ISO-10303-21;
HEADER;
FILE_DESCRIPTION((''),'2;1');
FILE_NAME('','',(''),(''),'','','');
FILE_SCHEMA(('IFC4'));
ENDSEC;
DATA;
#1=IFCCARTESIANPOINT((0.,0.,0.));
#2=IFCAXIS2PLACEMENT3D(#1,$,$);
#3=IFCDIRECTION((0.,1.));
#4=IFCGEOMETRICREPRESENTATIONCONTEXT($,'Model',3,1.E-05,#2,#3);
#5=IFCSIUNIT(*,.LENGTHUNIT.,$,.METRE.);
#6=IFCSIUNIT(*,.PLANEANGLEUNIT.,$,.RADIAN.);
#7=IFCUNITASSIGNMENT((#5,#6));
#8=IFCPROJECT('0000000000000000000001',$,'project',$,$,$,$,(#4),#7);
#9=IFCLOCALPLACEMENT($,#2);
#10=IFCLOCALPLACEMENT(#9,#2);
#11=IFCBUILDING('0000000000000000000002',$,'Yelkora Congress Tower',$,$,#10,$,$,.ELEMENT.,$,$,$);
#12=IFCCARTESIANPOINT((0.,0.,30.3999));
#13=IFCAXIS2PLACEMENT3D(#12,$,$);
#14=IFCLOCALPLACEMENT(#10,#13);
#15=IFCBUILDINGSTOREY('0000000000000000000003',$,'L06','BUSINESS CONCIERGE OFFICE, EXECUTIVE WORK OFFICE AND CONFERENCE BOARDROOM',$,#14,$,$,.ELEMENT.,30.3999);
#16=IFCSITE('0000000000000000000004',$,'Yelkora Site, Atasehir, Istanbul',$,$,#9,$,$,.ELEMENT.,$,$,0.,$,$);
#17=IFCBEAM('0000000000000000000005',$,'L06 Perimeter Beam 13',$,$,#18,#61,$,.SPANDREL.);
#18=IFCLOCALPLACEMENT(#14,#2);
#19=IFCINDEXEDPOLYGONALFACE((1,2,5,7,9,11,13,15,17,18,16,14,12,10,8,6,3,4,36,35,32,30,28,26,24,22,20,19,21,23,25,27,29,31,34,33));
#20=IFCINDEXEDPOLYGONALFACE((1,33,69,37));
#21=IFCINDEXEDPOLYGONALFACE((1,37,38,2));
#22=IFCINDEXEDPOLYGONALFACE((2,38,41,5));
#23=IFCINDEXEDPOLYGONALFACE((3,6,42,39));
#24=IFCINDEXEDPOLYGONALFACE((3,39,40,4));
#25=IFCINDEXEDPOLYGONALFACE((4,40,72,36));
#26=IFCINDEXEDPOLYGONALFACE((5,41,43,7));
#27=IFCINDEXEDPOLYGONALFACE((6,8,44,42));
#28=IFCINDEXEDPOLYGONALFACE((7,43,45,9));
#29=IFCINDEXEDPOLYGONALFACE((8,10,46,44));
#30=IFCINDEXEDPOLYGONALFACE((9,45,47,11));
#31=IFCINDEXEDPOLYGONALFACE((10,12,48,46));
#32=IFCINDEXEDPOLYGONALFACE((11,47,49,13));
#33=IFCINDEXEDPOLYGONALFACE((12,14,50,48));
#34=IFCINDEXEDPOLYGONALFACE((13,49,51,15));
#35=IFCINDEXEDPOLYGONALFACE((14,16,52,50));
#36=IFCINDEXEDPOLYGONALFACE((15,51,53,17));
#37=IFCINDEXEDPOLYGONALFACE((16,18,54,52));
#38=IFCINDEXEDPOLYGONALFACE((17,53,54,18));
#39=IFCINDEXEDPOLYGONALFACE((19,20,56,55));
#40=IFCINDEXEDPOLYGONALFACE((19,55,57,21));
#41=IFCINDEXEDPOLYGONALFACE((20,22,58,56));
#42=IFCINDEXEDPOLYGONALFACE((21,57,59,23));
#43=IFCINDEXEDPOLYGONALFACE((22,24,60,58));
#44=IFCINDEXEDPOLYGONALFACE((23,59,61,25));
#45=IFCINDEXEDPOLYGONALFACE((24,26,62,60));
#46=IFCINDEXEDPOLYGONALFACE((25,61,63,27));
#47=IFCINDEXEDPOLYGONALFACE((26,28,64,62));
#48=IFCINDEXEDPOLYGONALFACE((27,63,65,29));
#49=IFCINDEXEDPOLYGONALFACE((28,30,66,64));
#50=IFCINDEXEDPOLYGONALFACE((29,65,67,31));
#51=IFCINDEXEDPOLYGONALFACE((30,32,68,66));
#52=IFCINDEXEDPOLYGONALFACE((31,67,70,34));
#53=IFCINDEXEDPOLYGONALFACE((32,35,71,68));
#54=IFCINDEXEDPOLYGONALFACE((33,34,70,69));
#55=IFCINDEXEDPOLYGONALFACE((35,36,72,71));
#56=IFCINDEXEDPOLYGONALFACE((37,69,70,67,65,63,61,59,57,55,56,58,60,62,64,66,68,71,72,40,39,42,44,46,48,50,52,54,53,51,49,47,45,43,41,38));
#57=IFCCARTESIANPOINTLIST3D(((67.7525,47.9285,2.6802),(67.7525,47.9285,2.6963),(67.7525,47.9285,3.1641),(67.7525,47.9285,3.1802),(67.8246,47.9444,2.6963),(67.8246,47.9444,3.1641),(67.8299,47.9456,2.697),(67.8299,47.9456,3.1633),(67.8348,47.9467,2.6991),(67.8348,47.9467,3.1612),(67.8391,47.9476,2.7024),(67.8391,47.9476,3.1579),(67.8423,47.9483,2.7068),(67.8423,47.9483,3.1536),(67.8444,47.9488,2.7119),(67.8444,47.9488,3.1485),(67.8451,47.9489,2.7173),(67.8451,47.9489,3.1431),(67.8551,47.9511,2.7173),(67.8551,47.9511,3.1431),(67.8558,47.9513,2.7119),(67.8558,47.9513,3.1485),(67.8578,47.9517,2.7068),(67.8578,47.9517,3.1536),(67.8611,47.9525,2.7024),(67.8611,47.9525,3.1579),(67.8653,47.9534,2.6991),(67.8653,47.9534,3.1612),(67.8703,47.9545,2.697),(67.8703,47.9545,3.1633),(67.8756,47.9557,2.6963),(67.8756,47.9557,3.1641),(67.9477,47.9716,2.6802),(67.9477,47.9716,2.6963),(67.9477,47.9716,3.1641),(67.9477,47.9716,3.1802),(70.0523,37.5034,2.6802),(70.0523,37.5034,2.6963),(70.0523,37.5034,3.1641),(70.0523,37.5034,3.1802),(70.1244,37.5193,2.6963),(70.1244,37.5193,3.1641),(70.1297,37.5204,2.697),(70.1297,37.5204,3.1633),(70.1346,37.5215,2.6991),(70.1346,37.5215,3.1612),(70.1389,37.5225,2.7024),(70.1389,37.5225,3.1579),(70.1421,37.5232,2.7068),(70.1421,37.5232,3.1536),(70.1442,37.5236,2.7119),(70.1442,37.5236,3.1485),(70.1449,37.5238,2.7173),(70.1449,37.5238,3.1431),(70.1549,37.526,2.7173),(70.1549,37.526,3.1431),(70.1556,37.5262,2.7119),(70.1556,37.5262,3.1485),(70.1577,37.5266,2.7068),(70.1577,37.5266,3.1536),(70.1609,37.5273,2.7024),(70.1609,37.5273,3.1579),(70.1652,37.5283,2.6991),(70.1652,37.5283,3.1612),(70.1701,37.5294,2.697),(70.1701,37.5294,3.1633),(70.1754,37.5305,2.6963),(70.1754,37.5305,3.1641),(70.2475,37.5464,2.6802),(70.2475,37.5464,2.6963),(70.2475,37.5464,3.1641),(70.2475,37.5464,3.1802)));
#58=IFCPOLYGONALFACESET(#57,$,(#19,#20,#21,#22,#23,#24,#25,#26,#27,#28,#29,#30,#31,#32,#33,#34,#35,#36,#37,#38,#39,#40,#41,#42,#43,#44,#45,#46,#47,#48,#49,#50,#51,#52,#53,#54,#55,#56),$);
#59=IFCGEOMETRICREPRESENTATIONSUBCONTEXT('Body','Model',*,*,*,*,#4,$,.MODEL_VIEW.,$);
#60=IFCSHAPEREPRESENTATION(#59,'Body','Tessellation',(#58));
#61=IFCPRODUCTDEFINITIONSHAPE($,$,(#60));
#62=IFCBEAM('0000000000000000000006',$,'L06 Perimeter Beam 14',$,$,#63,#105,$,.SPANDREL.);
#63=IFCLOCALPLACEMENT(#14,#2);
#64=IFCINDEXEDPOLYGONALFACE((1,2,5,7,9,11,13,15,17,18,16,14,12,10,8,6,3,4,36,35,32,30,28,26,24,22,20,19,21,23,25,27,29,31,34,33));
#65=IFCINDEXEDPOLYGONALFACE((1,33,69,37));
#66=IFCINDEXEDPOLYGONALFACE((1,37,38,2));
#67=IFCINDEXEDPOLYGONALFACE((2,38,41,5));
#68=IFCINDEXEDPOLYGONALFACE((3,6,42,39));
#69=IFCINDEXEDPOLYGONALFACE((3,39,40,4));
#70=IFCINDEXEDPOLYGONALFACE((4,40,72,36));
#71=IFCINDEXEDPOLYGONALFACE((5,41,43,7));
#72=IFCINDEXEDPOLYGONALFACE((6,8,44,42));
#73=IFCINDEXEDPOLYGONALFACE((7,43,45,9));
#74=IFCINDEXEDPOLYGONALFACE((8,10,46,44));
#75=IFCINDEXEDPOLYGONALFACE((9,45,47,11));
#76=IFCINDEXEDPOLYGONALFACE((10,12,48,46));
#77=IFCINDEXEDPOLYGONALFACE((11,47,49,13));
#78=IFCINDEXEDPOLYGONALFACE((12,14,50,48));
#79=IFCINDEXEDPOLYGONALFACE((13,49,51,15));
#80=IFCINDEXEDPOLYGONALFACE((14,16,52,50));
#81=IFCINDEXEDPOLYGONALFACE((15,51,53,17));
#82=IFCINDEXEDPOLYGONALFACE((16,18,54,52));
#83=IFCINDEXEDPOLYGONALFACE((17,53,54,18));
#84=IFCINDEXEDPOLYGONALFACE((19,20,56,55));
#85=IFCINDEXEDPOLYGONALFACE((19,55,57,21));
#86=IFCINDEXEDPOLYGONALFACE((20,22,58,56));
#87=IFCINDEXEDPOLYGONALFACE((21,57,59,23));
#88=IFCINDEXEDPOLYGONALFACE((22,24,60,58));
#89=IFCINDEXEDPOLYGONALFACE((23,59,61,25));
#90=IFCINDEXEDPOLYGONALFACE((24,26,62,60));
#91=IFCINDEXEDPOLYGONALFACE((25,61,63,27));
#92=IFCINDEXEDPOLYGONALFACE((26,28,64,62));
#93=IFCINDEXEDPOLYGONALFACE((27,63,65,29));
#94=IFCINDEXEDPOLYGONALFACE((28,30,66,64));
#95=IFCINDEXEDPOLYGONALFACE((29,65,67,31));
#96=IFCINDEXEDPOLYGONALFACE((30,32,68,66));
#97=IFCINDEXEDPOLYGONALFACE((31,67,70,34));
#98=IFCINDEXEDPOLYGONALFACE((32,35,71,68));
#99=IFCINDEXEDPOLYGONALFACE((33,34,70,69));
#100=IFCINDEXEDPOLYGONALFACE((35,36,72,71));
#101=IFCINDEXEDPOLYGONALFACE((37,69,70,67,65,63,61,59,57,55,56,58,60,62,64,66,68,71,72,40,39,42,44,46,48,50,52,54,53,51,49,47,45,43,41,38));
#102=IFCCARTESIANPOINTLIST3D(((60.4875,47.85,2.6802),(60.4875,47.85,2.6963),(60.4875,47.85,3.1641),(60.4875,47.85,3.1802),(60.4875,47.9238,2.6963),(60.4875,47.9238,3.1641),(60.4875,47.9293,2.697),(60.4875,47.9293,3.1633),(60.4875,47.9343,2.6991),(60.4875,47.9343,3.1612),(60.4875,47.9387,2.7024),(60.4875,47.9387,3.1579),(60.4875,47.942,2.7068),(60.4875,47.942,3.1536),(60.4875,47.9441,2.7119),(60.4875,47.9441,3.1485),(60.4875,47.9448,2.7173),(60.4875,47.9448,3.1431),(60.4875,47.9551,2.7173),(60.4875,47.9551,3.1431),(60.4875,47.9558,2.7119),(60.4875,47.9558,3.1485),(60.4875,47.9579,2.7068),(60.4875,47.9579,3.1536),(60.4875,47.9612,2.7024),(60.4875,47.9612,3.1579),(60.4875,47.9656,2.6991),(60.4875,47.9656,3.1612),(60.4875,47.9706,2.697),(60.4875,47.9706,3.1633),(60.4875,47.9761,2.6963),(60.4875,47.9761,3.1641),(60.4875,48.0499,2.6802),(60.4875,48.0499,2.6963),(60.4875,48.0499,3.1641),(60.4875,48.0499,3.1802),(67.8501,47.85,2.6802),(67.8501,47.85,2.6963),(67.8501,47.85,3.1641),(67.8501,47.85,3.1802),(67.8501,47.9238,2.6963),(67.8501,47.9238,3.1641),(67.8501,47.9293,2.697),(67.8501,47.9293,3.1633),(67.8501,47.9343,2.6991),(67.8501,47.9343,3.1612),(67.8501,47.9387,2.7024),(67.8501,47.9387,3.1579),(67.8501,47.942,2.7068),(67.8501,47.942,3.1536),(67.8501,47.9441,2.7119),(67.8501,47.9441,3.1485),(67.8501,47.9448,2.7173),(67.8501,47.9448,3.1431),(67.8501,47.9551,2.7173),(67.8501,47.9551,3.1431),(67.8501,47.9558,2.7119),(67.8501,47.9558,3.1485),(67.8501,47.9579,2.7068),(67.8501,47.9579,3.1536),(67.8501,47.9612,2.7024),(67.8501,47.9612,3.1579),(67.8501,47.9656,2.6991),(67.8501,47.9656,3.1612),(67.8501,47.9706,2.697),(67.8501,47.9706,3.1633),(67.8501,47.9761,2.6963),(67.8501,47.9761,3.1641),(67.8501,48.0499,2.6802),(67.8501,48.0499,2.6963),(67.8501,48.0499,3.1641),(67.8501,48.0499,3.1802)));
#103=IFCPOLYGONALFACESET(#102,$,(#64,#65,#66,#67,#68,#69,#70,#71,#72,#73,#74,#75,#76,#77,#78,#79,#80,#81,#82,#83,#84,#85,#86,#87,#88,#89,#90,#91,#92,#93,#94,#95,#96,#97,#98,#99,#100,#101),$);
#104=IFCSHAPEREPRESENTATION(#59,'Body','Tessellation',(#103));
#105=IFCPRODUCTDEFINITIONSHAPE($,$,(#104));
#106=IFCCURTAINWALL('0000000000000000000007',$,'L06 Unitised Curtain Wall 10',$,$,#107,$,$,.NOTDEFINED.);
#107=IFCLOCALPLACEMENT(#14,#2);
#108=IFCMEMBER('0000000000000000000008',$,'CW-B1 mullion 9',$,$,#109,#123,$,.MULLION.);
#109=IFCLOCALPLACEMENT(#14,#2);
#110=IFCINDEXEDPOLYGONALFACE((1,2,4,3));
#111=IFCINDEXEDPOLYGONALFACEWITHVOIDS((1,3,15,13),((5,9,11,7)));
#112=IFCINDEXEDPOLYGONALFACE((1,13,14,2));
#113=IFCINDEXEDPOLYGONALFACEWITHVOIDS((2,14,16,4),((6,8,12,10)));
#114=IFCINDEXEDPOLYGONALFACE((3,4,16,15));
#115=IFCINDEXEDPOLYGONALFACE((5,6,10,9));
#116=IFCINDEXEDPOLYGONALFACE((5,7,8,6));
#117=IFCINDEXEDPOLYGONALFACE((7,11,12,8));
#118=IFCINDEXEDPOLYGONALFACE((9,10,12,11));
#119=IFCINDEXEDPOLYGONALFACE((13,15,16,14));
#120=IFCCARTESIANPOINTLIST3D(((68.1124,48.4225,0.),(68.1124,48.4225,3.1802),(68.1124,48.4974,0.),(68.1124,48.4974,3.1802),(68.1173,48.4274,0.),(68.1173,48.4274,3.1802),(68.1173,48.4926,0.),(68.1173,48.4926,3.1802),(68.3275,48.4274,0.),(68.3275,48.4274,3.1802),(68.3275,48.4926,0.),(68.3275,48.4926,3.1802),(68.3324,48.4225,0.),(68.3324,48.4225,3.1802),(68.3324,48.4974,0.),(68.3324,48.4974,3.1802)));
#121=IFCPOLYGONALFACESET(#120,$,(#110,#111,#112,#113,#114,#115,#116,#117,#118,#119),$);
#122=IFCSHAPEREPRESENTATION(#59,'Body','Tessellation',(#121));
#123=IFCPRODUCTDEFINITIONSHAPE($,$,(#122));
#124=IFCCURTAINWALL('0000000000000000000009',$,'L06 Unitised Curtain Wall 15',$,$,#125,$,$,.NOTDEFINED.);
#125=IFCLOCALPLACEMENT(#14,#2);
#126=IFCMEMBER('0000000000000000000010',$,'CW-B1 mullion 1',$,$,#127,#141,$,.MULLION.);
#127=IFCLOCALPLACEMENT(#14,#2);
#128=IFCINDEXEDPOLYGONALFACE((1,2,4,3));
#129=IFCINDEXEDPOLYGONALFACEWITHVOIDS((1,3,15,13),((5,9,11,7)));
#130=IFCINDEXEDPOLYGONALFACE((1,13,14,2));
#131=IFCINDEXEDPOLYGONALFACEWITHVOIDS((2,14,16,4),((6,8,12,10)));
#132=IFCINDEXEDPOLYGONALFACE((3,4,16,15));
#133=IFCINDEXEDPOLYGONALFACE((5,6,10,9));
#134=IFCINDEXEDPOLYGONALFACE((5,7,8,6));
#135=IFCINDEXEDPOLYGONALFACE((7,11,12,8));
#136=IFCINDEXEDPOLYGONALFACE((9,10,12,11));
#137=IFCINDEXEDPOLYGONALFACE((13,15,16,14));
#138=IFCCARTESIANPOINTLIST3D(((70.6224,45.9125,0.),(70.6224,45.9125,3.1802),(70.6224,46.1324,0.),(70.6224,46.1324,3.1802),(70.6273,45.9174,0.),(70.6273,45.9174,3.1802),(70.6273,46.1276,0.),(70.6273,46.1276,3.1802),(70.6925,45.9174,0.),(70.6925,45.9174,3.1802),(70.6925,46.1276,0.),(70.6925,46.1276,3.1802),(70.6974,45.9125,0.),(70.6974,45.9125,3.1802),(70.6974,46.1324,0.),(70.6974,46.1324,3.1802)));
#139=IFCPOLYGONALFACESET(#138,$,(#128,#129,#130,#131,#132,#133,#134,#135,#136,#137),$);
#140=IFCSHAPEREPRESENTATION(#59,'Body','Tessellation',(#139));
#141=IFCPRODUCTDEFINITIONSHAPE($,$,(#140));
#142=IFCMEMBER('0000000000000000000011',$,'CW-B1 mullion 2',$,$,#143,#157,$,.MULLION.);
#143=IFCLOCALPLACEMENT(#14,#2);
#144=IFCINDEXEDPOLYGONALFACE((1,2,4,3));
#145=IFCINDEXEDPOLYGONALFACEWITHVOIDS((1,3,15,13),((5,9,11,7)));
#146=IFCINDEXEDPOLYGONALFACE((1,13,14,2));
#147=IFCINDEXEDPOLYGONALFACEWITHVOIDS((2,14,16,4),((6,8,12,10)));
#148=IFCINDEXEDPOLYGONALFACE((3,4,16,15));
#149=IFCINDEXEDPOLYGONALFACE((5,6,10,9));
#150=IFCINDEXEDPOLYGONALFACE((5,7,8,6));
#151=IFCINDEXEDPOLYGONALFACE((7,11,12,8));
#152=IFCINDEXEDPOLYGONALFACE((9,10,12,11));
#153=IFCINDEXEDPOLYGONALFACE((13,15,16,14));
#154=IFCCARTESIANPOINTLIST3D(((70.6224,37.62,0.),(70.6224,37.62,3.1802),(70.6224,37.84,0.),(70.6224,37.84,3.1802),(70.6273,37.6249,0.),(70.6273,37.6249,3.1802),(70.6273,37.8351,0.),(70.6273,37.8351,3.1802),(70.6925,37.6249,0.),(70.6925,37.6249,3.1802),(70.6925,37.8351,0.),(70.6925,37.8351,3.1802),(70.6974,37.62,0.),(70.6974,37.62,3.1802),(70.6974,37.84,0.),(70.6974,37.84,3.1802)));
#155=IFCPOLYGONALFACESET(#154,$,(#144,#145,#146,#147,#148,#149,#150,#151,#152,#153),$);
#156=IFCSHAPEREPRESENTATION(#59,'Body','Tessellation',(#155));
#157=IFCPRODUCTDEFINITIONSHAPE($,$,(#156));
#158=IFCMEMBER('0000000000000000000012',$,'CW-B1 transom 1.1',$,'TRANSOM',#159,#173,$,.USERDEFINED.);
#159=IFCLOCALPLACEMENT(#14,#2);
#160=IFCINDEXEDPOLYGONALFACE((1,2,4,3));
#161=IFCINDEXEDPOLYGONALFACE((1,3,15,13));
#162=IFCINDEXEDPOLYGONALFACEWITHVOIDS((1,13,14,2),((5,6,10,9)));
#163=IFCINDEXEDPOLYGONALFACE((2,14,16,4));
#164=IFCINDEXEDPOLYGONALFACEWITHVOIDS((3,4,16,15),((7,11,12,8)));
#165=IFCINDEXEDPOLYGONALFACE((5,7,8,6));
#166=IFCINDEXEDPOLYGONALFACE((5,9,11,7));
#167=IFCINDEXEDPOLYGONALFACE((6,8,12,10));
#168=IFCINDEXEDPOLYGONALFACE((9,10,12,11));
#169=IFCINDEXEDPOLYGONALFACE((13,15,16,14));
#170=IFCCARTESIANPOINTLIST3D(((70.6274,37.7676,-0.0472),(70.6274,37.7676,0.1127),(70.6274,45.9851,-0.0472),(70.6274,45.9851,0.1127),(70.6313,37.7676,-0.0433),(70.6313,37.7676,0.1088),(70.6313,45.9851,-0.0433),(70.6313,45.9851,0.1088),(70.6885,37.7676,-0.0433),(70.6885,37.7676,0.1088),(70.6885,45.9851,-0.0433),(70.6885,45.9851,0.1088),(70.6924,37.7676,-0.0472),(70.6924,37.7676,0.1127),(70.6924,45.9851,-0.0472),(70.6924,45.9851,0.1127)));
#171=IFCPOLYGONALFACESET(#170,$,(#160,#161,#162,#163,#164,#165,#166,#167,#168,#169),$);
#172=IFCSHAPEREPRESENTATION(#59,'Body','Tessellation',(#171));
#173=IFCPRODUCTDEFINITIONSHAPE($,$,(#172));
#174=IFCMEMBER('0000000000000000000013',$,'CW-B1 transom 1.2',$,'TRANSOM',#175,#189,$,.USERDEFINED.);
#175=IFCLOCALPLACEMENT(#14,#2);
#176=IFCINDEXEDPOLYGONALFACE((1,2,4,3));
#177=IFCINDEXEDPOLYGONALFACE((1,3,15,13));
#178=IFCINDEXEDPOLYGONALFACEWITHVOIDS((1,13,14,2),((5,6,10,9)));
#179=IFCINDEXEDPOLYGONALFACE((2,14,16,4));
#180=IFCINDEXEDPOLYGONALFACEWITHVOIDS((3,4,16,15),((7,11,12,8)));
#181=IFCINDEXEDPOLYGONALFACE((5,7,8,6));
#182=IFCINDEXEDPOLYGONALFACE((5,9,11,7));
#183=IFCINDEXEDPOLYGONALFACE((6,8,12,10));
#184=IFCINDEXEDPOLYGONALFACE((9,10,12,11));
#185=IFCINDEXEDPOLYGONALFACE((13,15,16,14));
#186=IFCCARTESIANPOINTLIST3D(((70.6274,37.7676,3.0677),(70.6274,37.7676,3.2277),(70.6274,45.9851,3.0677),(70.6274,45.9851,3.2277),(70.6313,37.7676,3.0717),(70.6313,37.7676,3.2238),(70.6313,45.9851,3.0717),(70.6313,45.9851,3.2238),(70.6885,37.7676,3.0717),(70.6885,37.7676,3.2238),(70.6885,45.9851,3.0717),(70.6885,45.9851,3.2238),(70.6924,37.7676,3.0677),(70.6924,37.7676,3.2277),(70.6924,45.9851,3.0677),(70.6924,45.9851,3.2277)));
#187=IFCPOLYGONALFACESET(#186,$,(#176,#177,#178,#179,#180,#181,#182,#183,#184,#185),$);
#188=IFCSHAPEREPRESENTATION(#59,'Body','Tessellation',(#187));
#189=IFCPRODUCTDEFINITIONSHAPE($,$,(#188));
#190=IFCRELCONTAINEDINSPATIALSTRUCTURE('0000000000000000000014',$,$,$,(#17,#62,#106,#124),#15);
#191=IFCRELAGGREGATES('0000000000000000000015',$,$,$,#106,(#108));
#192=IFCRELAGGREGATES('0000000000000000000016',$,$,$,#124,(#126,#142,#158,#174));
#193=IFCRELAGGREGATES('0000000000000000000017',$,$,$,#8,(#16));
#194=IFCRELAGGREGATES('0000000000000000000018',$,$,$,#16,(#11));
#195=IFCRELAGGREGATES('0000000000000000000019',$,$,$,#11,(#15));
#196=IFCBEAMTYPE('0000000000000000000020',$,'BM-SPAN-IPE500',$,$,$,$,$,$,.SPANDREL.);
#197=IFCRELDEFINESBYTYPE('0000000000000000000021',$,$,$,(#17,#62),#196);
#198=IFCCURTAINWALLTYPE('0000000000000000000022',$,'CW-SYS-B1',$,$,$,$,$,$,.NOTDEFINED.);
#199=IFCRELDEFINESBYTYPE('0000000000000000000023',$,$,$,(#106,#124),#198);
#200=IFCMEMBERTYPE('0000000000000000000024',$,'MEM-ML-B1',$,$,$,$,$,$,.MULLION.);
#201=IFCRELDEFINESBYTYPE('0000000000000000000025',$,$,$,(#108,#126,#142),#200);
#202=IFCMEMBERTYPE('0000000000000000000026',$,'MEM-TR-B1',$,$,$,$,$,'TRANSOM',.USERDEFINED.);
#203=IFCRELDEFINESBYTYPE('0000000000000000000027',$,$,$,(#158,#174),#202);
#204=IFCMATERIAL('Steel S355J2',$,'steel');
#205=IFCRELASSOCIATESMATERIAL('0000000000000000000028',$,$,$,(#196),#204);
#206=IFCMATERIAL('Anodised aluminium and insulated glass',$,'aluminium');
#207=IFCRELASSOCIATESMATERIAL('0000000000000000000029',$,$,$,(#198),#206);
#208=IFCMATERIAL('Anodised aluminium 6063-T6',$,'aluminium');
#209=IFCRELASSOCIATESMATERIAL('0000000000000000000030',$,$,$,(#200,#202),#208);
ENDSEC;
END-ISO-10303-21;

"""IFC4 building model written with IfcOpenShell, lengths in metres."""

from ifc_helpers import new_model, si_unit, direction, frame, origin, origin_2d, place, context, subcontext, project, spatial, hollow_rectangle, i_section, extrude, material, material_profile, profile_set, type_object, element, aggregate, save


model = new_model("IFC4")

# Units and contexts
model_context = context("Model", 3, precision=1e-05, world=origin(), true_north=direction((0.0, 1.0)))
body_context = subcontext(model_context, "Body", "Model", "MODEL_VIEW")
ifc_project = project(units=[si_unit("LENGTHUNIT", "METRE"), si_unit("PLANEANGLEUNIT", "RADIAN")], contexts=[model_context])

# Site, building, storey
site_placement = place(None, origin())
site = spatial("IfcSite", under=ifc_project, at=site_placement, Name="Yelkora Site, Atasehir, Istanbul", CompositionType="ELEMENT", RefElevation=0.0)
building_placement = place(site_placement, origin())
building = spatial("IfcBuilding", under=site, at=building_placement, Name="Yelkora Congress Tower", CompositionType="ELEMENT")
storey_placement = place(building_placement, frame((0.0, 0.0, 30.3999)))
storey = spatial("IfcBuildingStorey", under=building, at=storey_placement, Name="L06", Description="BUSINESS CONCIERGE OFFICE, EXECUTIVE WORK OFFICE AND CONFERENCE BOARDROOM", CompositionType="ELEMENT", Elevation=30.3999)

# Beams
ifc_material_1 = material(Name="Steel S355J2", Category="steel")
ifc_material_profile_1 = material_profile(ifc_material_1, i_section(OverallWidth=0.2, OverallDepth=0.5, WebThickness=0.0103, FlangeThickness=0.0161, FilletRadius=0.021, at=origin_2d()), Name="IPE 500")
ifc_profile_set_1 = profile_set([ifc_material_profile_1], Name="Steel S355J2")
beam_type_1 = type_object("IfcBeamType", Name="BM-SPAN-IPE500", PredefinedType="SPANDREL", material=ifc_profile_set_1)
beam_1_placement = place(storey_placement, frame((70.1499, 37.5249, 2.9302), z_axis=(-0.215424, 0.976521, 0.0), x_axis=(-0.976521, -0.215424, 0.0)))
element("IfcBeam", 1, at=beam_1_placement, inside=storey, type_object=beam_type_1, Name="L06 Perimeter Beam 13", PredefinedType="SPANDREL", context=body_context, shape_type="SweptSolid", body=[
    extrude(i_section(OverallWidth=0.2, OverallDepth=0.5, WebThickness=0.0103, FlangeThickness=0.0161, FilletRadius=0.021, at=origin_2d()), origin(), (0.0, 0.0, 1.0), 10.6758),
])
beam_2_placement = place(storey_placement, frame((67.8501, 47.95, 2.9302), z_axis=(-1.0, 0.0, 0.0), x_axis=(0.0, -1.0, 0.0)))
element("IfcBeam", 2, at=beam_2_placement, inside=storey, type_object=beam_type_1, Name="L06 Perimeter Beam 14", PredefinedType="SPANDREL", context=body_context, shape_type="SweptSolid", body=[
    extrude(i_section(OverallWidth=0.2, OverallDepth=0.5, WebThickness=0.0103, FlangeThickness=0.0161, FilletRadius=0.021, at=origin_2d()), origin(), (0.0, 0.0, 1.0), 7.3625),
])

# Curtain wall, member
ifc_material_2 = material(Name="Anodised aluminium and insulated glass", Category="aluminium")
curtain_wall_type = type_object("IfcCurtainWallType", Name="CW-SYS-B1", PredefinedType="NOTDEFINED", material=ifc_material_2)
curtain_wall_1_placement = place(storey_placement, origin())
curtain_wall_1 = element("IfcCurtainWall", 3, at=curtain_wall_1_placement, inside=storey, type_object=curtain_wall_type, Name="L06 Unitised Curtain Wall 10", PredefinedType="NOTDEFINED")
ifc_material_3 = material(Name="Anodised aluminium 6063-T6", Category="aluminium")
ifc_material_profile_2 = material_profile(ifc_material_3, hollow_rectangle(XDim=0.075, YDim=0.22, WallThickness=0.0049, at=origin_2d()), Name="ALU 75x220x5")
ifc_profile_set_2 = profile_set([ifc_material_profile_2], Name="Anodised aluminium 6063-T6")
member_type_1 = type_object("IfcMemberType", Name="MEM-ML-B1", PredefinedType="MULLION", material=ifc_profile_set_2)
member_1_placement = place(storey_placement, frame((68.2224, 48.46, 0.0), z_axis=(0.0, 0.0, 1.0), x_axis=(0.0, 1.0, 0.0)))
member_1 = element("IfcMember", 4, at=member_1_placement, type_object=member_type_1, Name="CW-B1 mullion 9", PredefinedType="MULLION", context=body_context, shape_type="SweptSolid", body=[
    extrude(hollow_rectangle(XDim=0.075, YDim=0.22, WallThickness=0.0049, at=origin_2d()), origin(), (0.0, 0.0, 1.0), 3.1802),
])

# Curtain wall, members
curtain_wall_2_placement = place(storey_placement, origin())
curtain_wall_2 = element("IfcCurtainWall", 5, at=curtain_wall_2_placement, inside=storey, type_object=curtain_wall_type, Name="L06 Unitised Curtain Wall 15", PredefinedType="NOTDEFINED")
member_2_placement = place(storey_placement, frame((70.6599, 46.0225, 0.0), z_axis=(0.0, 0.0, 1.0), x_axis=(1.0, 0.0, 0.0)))
member_2 = element("IfcMember", 6, at=member_2_placement, type_object=member_type_1, Name="CW-B1 mullion 1", PredefinedType="MULLION", context=body_context, shape_type="SweptSolid", body=[
    extrude(hollow_rectangle(XDim=0.075, YDim=0.22, WallThickness=0.0049, at=origin_2d()), origin(), (0.0, 0.0, 1.0), 3.1802),
])
member_3_placement = place(storey_placement, frame((70.6599, 37.73, 0.0), z_axis=(0.0, 0.0, 1.0), x_axis=(1.0, 0.0, 0.0)))
member_3 = element("IfcMember", 7, at=member_3_placement, type_object=member_type_1, Name="CW-B1 mullion 2", PredefinedType="MULLION", context=body_context, shape_type="SweptSolid", body=[
    extrude(hollow_rectangle(XDim=0.075, YDim=0.22, WallThickness=0.0049, at=origin_2d()), origin(), (0.0, 0.0, 1.0), 3.1802),
])
ifc_material_profile_3 = material_profile(ifc_material_3, hollow_rectangle(XDim=0.0649, YDim=0.1599, WallThickness=0.0039, at=origin_2d()), Name="ALU 65x160x4")
ifc_profile_set_3 = profile_set([ifc_material_profile_3], Name="Anodised aluminium 6063-T6")
member_type_2 = type_object("IfcMemberType", Name="MEM-TR-B1", ElementType="TRANSOM", PredefinedType="USERDEFINED", material=ifc_profile_set_3)
member_4_placement = place(storey_placement, frame((70.6599, 45.9851, 0.0327), z_axis=(0.0, -1.0, 0.0), x_axis=(1.0, 0.0, 0.0)))
member_4 = element("IfcMember", 8, at=member_4_placement, type_object=member_type_2, Name="CW-B1 transom 1.1", ObjectType="TRANSOM", PredefinedType="USERDEFINED", context=body_context, shape_type="SweptSolid", body=[
    extrude(hollow_rectangle(XDim=0.0649, YDim=0.1599, WallThickness=0.0039, at=origin_2d()), origin(), (0.0, 0.0, 1.0), 8.2175),
])
member_5_placement = place(storey_placement, frame((70.6599, 45.9851, 3.1477), z_axis=(0.0, -1.0, 0.0), x_axis=(1.0, 0.0, 0.0)))
member_5 = element("IfcMember", 9, at=member_5_placement, type_object=member_type_2, Name="CW-B1 transom 1.2", ObjectType="TRANSOM", PredefinedType="USERDEFINED", context=body_context, shape_type="SweptSolid", body=[
    extrude(hollow_rectangle(XDim=0.0649, YDim=0.1599, WallThickness=0.0039, at=origin_2d()), origin(), (0.0, 0.0, 1.0), 8.2175),
])

aggregate(curtain_wall_1, [member_1])
aggregate(curtain_wall_2, [member_2, member_3, member_4, member_5])

save(model, "model.ifc")
